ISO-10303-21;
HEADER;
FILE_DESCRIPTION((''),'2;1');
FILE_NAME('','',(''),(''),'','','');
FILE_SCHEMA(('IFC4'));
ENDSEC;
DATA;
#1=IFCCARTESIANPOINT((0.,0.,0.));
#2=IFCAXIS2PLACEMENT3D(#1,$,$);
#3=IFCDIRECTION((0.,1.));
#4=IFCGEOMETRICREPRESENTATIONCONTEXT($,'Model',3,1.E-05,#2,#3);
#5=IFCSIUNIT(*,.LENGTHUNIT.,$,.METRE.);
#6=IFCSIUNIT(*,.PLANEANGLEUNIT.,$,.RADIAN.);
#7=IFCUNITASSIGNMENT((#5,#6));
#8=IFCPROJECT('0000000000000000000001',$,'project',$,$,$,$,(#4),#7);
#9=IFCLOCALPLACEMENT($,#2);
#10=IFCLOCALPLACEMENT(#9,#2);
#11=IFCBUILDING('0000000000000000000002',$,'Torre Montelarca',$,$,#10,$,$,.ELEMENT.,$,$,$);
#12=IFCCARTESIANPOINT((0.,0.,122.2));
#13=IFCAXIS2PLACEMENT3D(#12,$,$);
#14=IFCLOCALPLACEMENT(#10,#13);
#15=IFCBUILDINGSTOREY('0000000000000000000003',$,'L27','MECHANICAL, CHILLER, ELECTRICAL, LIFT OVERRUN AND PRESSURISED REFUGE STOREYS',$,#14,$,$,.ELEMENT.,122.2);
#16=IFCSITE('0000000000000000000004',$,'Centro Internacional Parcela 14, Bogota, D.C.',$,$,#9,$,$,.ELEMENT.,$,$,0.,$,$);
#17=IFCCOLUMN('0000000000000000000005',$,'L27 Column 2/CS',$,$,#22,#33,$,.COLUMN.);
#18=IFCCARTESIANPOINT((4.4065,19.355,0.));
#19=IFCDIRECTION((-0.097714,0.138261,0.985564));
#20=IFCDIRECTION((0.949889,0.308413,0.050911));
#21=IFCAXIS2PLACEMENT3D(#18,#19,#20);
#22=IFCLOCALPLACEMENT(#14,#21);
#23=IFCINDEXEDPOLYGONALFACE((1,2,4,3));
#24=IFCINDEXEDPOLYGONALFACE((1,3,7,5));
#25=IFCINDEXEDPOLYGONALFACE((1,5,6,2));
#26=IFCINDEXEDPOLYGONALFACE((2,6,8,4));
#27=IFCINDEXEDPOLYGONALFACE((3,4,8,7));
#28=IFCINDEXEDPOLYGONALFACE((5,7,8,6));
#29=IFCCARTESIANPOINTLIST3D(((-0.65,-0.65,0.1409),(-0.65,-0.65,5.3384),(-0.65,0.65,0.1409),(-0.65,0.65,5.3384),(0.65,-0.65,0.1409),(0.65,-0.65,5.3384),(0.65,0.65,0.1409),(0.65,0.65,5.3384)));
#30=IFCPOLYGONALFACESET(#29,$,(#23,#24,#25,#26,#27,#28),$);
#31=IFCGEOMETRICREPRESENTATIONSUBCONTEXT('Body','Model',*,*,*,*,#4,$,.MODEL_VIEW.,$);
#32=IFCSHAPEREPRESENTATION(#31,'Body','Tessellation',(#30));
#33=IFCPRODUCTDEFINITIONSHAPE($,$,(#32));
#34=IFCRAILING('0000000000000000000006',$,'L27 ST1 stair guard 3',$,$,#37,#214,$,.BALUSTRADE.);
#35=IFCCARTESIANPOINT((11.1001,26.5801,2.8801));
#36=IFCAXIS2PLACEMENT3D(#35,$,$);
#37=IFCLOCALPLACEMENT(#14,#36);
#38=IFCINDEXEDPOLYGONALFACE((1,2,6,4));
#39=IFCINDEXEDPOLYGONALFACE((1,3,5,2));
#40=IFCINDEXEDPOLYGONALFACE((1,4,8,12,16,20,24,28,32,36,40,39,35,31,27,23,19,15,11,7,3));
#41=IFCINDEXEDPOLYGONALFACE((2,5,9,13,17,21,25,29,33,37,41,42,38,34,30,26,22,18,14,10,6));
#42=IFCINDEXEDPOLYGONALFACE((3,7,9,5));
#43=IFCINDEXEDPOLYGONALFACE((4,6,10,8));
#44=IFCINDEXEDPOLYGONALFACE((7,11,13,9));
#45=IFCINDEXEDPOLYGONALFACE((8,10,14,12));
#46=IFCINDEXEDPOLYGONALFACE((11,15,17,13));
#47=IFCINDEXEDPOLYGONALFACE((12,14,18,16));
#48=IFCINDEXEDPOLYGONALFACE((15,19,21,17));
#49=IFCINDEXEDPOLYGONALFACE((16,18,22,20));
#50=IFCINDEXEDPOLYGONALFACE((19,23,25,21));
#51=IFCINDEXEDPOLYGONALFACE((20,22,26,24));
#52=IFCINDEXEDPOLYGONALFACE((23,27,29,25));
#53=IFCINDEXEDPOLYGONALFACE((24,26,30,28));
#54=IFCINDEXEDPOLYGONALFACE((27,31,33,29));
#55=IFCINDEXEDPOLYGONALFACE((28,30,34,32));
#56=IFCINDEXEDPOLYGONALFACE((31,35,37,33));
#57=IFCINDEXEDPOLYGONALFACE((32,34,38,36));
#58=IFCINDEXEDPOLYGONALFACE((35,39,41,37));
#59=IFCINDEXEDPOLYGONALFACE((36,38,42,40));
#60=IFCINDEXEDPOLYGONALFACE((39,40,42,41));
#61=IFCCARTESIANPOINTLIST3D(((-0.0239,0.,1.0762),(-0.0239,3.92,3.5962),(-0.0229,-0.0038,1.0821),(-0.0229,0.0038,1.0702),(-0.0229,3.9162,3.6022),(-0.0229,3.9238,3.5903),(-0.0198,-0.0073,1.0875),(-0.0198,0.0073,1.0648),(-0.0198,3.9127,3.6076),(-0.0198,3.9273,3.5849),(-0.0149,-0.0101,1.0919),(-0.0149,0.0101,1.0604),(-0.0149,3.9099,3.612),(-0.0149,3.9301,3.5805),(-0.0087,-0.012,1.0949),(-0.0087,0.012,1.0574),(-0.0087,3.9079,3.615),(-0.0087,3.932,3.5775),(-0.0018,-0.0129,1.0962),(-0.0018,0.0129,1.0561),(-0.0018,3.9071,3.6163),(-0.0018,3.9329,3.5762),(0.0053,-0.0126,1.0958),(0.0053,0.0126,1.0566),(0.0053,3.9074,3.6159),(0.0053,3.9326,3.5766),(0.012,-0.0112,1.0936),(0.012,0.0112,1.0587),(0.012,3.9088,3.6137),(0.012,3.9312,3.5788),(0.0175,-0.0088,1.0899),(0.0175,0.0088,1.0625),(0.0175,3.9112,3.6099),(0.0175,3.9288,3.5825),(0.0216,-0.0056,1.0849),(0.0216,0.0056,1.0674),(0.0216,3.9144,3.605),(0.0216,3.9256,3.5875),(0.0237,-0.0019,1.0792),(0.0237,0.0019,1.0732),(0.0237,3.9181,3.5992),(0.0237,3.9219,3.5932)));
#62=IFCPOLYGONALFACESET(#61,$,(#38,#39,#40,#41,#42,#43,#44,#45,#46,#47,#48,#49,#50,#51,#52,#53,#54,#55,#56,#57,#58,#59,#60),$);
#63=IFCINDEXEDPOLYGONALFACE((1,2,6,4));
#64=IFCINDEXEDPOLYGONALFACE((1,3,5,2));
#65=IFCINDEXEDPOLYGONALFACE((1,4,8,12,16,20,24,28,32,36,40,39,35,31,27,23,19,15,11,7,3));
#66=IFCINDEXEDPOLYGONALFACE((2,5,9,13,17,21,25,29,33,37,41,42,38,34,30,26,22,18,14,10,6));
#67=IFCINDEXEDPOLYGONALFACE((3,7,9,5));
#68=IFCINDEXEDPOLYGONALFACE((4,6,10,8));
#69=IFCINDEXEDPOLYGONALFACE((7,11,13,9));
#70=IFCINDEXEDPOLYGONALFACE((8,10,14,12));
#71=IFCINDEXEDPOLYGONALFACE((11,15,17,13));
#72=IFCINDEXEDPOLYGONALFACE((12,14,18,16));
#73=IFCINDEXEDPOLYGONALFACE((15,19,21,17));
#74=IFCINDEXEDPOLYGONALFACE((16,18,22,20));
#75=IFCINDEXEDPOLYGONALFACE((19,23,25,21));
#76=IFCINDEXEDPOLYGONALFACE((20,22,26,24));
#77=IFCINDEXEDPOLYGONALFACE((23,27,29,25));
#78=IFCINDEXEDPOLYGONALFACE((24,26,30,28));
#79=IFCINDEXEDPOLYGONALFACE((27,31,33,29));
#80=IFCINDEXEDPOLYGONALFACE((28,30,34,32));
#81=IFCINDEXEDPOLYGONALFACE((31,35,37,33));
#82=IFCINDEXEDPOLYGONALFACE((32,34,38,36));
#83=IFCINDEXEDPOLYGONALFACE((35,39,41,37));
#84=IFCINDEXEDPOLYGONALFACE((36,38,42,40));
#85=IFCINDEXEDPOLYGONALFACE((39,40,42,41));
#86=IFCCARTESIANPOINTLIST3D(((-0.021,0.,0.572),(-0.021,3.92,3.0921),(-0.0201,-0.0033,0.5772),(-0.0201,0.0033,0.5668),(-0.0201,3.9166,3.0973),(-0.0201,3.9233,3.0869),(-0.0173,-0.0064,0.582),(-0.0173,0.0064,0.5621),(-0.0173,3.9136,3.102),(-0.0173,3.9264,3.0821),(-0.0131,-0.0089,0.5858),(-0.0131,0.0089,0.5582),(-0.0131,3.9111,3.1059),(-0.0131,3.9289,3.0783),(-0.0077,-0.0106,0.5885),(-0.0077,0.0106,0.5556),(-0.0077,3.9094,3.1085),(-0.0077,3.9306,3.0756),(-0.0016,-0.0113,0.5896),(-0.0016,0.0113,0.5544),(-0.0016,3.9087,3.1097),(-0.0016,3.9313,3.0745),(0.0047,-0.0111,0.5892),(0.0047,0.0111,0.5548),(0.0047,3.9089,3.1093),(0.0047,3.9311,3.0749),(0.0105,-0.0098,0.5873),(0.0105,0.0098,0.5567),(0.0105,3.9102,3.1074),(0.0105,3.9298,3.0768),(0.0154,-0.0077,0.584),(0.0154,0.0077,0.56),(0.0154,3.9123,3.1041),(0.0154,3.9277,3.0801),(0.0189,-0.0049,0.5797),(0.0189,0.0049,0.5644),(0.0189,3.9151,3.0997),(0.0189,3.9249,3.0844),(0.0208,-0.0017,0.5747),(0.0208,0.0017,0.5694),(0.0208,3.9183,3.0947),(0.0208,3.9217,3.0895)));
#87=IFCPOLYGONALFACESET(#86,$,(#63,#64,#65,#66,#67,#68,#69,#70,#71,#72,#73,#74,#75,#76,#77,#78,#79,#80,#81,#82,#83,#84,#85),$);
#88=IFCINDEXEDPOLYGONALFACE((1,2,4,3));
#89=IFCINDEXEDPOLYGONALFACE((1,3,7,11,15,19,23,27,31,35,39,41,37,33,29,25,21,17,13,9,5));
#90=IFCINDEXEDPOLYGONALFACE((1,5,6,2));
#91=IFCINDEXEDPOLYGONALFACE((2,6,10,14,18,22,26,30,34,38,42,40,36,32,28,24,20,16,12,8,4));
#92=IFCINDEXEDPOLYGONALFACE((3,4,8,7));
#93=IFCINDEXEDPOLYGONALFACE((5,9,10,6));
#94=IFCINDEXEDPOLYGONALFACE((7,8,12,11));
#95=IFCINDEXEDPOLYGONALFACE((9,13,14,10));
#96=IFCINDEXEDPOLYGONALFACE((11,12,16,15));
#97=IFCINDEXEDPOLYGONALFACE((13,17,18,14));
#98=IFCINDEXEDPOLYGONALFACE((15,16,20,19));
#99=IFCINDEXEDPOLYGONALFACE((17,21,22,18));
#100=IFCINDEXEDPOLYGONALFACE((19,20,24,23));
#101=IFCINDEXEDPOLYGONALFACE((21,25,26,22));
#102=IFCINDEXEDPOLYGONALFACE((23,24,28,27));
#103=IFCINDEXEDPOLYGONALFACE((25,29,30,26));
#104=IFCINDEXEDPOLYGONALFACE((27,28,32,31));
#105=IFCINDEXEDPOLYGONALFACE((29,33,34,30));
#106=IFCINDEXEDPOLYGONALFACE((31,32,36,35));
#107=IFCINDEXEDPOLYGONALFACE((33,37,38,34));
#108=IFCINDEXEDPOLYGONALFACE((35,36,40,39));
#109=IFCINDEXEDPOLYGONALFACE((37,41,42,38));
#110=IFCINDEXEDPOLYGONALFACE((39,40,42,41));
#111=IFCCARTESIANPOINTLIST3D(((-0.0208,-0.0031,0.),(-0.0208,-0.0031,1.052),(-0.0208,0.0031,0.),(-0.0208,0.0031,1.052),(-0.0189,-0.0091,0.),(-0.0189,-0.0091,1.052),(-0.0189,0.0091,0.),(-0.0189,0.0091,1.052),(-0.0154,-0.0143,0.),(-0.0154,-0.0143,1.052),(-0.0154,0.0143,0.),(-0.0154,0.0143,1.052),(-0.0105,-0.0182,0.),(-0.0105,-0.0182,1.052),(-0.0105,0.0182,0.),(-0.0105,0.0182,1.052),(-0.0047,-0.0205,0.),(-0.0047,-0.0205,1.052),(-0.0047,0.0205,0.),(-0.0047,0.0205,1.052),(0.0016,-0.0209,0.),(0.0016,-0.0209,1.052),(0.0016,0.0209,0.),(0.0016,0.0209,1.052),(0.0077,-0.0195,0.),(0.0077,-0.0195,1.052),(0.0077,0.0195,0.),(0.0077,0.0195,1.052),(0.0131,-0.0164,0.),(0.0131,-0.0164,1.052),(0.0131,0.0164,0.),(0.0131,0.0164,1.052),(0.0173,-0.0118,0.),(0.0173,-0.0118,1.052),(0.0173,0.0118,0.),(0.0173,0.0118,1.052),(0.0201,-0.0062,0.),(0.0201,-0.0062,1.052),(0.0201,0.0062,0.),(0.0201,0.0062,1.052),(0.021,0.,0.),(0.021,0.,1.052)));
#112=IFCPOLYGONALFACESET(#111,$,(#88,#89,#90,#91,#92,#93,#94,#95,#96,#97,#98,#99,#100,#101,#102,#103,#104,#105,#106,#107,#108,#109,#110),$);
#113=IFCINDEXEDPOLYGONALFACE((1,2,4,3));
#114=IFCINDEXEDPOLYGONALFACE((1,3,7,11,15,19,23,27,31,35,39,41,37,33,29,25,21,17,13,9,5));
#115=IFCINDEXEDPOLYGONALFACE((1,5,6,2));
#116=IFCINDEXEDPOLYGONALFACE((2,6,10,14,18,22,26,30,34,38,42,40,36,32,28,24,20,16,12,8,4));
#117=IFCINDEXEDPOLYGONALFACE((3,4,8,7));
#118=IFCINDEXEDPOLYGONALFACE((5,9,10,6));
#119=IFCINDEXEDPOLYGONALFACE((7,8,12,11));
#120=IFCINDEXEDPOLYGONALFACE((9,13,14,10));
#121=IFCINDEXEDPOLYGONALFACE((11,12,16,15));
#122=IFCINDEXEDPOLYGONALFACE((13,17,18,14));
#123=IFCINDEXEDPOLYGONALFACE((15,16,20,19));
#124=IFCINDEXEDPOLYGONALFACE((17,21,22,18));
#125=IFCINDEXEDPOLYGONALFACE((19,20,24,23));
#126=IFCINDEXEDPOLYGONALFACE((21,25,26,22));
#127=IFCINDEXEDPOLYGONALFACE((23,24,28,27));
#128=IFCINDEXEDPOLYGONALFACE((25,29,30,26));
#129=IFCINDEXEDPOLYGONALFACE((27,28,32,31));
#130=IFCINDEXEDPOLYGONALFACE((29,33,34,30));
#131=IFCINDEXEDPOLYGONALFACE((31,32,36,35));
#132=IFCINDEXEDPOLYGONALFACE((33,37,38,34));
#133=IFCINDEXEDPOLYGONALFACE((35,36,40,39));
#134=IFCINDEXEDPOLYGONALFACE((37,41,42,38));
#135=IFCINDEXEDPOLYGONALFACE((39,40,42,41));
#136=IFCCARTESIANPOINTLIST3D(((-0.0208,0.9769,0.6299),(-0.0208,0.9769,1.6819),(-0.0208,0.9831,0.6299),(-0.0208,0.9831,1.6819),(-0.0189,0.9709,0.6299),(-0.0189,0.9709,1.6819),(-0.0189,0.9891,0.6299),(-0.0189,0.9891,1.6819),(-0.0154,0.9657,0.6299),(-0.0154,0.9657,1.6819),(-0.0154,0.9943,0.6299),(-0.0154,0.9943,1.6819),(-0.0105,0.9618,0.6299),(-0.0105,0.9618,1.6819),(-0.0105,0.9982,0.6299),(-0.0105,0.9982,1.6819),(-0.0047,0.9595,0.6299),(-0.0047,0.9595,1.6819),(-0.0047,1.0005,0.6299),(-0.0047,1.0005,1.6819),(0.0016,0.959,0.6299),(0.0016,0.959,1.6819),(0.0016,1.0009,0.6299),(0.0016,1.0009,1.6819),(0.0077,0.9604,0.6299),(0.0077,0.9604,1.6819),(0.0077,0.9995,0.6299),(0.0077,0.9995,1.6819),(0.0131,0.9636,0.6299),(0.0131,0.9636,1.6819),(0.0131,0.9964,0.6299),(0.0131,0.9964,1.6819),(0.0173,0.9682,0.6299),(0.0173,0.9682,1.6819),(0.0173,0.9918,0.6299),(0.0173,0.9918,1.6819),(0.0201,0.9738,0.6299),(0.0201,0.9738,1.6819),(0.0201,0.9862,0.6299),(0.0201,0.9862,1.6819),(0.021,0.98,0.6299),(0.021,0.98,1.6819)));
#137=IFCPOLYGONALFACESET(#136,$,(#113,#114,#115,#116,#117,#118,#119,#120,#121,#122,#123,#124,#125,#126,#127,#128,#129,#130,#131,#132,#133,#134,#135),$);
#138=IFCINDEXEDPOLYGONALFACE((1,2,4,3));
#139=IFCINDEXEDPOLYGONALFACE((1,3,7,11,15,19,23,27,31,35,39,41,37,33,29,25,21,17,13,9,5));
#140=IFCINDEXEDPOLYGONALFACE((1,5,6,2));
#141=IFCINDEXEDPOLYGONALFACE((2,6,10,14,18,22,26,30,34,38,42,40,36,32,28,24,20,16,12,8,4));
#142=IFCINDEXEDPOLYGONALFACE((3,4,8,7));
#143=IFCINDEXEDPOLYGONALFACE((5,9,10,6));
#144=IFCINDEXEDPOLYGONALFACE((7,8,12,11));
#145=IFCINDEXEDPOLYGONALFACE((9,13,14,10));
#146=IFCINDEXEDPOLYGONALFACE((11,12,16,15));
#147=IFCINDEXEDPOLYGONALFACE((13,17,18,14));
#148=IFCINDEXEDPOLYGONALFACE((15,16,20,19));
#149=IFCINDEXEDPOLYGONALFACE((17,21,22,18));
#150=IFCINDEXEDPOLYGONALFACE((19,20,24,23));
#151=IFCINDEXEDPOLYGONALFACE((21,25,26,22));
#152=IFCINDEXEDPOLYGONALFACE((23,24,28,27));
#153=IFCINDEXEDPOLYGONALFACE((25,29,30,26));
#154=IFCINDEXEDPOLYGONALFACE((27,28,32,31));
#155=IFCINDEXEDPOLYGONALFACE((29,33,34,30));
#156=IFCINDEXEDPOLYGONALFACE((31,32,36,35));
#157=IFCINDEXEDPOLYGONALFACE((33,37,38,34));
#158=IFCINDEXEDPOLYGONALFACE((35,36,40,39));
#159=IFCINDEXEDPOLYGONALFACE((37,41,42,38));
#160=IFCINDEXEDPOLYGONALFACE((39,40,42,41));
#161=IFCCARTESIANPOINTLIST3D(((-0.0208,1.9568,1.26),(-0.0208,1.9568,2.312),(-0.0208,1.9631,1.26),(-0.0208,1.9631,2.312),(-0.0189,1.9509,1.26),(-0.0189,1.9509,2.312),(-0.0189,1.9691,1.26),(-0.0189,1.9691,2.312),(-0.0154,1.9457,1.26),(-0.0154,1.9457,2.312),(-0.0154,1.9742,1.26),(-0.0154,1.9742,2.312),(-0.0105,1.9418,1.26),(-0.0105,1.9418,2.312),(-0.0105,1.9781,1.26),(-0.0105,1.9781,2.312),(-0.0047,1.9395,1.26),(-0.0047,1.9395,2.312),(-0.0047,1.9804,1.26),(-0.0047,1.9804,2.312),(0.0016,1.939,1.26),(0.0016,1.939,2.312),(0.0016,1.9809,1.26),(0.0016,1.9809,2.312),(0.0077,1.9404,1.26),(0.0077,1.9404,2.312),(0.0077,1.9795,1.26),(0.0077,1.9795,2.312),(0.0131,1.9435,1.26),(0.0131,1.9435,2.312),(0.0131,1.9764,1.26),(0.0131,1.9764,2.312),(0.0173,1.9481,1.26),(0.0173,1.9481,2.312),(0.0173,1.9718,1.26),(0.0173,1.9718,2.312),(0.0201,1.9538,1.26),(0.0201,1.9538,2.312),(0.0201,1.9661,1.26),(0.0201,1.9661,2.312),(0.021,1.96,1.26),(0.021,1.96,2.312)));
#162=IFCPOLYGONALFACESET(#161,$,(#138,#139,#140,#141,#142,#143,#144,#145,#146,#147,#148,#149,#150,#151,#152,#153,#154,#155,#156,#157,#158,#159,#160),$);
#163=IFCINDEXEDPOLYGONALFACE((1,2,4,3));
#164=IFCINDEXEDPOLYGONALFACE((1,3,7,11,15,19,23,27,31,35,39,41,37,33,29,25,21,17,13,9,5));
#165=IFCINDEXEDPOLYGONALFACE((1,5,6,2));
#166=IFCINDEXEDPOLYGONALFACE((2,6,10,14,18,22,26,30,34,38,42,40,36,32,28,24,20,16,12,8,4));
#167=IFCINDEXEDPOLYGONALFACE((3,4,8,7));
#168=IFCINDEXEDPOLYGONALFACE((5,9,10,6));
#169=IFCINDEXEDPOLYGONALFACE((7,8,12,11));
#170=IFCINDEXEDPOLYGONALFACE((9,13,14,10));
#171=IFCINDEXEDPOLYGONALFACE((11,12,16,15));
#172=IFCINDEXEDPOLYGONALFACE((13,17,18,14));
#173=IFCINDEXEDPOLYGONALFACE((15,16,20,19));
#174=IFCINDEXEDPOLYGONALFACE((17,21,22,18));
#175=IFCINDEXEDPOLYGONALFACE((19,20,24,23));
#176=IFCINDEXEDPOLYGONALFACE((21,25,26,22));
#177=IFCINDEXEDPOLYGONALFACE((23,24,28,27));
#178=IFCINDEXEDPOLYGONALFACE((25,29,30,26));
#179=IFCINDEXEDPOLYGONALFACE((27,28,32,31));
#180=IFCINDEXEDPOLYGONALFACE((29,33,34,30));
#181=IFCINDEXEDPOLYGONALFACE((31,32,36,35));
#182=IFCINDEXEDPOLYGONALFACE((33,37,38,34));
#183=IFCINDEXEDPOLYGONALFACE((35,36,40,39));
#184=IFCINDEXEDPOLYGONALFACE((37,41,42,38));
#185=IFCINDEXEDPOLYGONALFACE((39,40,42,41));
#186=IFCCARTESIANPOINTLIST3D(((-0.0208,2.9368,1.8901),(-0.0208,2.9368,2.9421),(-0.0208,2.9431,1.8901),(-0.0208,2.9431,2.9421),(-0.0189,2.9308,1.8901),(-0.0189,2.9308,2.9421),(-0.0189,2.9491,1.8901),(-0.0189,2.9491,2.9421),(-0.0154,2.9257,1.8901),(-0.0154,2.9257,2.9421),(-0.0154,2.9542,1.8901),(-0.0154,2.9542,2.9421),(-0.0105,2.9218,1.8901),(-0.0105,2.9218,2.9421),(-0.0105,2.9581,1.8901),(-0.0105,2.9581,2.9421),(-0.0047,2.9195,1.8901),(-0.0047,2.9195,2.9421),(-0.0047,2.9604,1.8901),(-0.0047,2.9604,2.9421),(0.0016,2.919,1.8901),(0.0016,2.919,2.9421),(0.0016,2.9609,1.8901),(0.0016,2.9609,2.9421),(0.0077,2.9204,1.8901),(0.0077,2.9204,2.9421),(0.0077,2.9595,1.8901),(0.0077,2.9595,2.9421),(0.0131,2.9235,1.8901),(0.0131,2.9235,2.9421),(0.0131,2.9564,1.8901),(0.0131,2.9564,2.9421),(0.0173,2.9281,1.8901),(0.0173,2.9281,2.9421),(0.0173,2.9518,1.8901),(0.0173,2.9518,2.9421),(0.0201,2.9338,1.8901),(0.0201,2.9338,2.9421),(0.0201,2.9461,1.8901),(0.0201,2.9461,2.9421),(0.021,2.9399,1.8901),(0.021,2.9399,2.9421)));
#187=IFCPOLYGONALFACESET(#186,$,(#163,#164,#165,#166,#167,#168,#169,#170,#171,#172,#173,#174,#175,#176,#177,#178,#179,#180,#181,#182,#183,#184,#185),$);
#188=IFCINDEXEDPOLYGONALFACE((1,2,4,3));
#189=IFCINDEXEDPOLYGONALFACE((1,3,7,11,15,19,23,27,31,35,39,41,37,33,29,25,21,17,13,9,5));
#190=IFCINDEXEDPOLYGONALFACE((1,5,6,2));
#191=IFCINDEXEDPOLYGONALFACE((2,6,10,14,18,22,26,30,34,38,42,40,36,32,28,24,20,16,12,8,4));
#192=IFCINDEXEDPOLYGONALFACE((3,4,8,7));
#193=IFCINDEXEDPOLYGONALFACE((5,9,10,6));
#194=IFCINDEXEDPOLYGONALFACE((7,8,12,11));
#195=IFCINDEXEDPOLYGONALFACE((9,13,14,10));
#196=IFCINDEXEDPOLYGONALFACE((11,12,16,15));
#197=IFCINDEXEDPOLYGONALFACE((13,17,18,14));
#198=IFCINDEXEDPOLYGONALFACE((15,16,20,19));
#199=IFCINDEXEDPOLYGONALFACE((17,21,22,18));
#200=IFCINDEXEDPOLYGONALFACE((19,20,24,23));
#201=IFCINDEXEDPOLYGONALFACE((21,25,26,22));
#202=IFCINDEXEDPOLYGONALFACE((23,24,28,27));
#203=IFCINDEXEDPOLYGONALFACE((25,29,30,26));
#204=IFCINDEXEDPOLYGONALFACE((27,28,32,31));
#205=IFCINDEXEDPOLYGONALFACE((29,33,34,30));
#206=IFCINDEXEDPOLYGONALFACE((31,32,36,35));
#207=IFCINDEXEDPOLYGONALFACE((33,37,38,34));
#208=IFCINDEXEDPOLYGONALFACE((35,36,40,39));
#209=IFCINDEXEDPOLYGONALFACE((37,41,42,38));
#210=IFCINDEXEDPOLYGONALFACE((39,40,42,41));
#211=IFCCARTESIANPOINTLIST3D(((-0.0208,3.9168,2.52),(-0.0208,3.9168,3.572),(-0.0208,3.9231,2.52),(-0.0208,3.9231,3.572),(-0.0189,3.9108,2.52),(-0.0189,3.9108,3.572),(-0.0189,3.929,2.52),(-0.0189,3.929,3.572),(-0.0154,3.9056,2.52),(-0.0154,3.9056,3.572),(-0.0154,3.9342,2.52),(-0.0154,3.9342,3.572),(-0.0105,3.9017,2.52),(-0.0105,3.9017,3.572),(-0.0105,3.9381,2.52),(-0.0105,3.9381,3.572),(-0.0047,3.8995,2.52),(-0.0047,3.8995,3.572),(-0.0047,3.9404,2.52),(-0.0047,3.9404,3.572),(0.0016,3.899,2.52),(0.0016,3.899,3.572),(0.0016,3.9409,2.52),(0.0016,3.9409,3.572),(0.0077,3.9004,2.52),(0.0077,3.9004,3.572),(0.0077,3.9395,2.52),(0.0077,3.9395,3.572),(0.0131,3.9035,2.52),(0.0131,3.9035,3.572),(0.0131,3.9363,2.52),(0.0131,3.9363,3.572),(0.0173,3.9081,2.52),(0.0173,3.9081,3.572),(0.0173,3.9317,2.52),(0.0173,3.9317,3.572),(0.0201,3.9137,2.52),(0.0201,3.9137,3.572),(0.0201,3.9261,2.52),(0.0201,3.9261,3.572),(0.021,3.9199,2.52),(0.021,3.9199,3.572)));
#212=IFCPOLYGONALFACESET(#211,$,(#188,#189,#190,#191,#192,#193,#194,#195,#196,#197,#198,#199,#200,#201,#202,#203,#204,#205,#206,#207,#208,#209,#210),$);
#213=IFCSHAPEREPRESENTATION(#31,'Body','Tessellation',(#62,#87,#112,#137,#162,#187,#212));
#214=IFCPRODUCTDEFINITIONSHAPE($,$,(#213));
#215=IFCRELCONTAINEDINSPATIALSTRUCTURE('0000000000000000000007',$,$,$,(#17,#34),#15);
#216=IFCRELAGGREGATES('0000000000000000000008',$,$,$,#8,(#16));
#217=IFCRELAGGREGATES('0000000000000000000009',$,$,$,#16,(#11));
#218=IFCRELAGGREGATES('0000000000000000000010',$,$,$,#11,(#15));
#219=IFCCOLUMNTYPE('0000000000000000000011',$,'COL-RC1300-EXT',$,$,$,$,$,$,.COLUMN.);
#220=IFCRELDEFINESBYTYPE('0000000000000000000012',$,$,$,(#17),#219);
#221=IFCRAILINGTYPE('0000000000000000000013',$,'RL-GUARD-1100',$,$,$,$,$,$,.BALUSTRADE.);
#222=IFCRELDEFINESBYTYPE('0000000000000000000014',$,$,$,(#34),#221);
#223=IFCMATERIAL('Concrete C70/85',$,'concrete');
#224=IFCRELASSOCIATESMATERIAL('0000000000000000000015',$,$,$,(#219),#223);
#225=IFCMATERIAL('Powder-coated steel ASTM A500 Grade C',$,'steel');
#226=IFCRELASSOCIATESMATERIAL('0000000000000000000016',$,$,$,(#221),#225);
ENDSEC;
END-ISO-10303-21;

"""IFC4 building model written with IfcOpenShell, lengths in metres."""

from ifc_helpers import new_model, si_unit, direction, frame, origin, origin_2d, place, context, subcontext, project, spatial, rectangle, circle, extrude, clip, halfspace, material, material_profile, profile_set, type_object, element, save


model = new_model("IFC4")

# Units and contexts
model_context = context("Model", 3, precision=1e-05, world=origin(), true_north=direction((0.0, 1.0)))
body_context = subcontext(model_context, "Body", "Model", "MODEL_VIEW")
ifc_project = project(units=[si_unit("LENGTHUNIT", "METRE"), si_unit("PLANEANGLEUNIT", "RADIAN")], contexts=[model_context])

# Site, building, storey
site_placement = place(None, origin())
site = spatial("IfcSite", under=ifc_project, at=site_placement, Name="Centro Internacional Parcela 14, Bogota, D.C.", CompositionType="ELEMENT", RefElevation=0.0)
building_placement = place(site_placement, origin())
building = spatial("IfcBuilding", under=site, at=building_placement, Name="Torre Montelarca", CompositionType="ELEMENT")
storey_placement = place(building_placement, frame((0.0, 0.0, 122.2)))
storey = spatial("IfcBuildingStorey", under=building, at=storey_placement, Name="L27", Description="MECHANICAL, CHILLER, ELECTRICAL, LIFT OVERRUN AND PRESSURISED REFUGE STOREYS", CompositionType="ELEMENT", Elevation=122.2)

# Column
ifc_material_1 = material(Name="Concrete C70/85", Category="concrete")
ifc_material_profile_1 = material_profile(ifc_material_1, rectangle(XDim=1.3, YDim=1.3, at=origin_2d()), Name="RC1300X1300", Category="concrete")
ifc_profile_set_1 = profile_set([ifc_material_profile_1], Name="Concrete C70/85")
column_type_1 = type_object("IfcColumnType", Name="COL-RC1300-EXT", PredefinedType="COLUMN", material=ifc_profile_set_1)
column_1_placement = place(storey_placement, frame((4.4065, 19.355, 0.0), z_axis=(-0.097714, 0.138261, 0.985564), x_axis=(0.949889, 0.308413, 0.050911)))
element("IfcColumn", 1, at=column_1_placement, inside=storey, type_object=column_type_1, Name="L27 Column 2/CS", PredefinedType="COLUMN", context=body_context, shape_type="Clipping", body=[
    clip(clip(extrude(rectangle(XDim=1.3, YDim=1.3, at=origin_2d()), origin(), (0.0, 0.0, 1.0), 5.4792), halfspace(frame((0.0, 0.0, 0.1409), z_axis=(0.0, 0.0, -1.0), x_axis=(1.0, 0.0, 0.0)), False)), halfspace(frame((0.0, 0.0, 5.3384), z_axis=(0.0, 0.0, 1.0), x_axis=(1.0, 0.0, 0.0)), False)),
])

# Railing
ifc_material_2 = material(Name="Powder-coated steel ASTM A500 Grade C", Category="steel")
railing_type = type_object("IfcRailingType", Name="RL-GUARD-1100", PredefinedType="BALUSTRADE", material=ifc_material_2)
railing_1_placement = place(storey_placement, frame((11.1001, 26.5801, 2.8801)))
element("IfcRailing", 2, at=railing_1_placement, inside=storey, type_object=railing_type, Name="L27 ST1 stair guard 3", PredefinedType="BALUSTRADE", context=body_context, shape_type="SweptSolid", body=[
    extrude(circle(Radius=0.0239, at=origin_2d()), frame((0.0, 0.0, 1.0762), z_axis=(0.0, 0.841172, 0.540768), x_axis=(-1.0, 0.0, 0.0)), (0.0, 0.0, 1.0), 4.6602),
    extrude(circle(Radius=0.021, at=origin_2d()), frame((0.0, 0.0, 0.572), z_axis=(0.0, 0.841172, 0.540768), x_axis=(-1.0, 0.0, 0.0)), (0.0, 0.0, 1.0), 4.6602),
    extrude(circle(Radius=0.021, at=origin_2d()), origin(), (0.0, 0.0, 1.0), 1.052),
    extrude(circle(Radius=0.021, at=origin_2d()), frame((0.0, 0.98, 0.6299)), (0.0, 0.0, 1.0), 1.052),
    extrude(circle(Radius=0.021, at=origin_2d()), frame((0.0, 1.96, 1.26)), (0.0, 0.0, 1.0), 1.052),
    extrude(circle(Radius=0.021, at=origin_2d()), frame((0.0, 2.9399, 1.8901)), (0.0, 0.0, 1.0), 1.052),
    extrude(circle(Radius=0.021, at=origin_2d()), frame((0.0, 3.9199, 2.52)), (0.0, 0.0, 1.0), 1.052),
])

save(model, "model.ifc")
